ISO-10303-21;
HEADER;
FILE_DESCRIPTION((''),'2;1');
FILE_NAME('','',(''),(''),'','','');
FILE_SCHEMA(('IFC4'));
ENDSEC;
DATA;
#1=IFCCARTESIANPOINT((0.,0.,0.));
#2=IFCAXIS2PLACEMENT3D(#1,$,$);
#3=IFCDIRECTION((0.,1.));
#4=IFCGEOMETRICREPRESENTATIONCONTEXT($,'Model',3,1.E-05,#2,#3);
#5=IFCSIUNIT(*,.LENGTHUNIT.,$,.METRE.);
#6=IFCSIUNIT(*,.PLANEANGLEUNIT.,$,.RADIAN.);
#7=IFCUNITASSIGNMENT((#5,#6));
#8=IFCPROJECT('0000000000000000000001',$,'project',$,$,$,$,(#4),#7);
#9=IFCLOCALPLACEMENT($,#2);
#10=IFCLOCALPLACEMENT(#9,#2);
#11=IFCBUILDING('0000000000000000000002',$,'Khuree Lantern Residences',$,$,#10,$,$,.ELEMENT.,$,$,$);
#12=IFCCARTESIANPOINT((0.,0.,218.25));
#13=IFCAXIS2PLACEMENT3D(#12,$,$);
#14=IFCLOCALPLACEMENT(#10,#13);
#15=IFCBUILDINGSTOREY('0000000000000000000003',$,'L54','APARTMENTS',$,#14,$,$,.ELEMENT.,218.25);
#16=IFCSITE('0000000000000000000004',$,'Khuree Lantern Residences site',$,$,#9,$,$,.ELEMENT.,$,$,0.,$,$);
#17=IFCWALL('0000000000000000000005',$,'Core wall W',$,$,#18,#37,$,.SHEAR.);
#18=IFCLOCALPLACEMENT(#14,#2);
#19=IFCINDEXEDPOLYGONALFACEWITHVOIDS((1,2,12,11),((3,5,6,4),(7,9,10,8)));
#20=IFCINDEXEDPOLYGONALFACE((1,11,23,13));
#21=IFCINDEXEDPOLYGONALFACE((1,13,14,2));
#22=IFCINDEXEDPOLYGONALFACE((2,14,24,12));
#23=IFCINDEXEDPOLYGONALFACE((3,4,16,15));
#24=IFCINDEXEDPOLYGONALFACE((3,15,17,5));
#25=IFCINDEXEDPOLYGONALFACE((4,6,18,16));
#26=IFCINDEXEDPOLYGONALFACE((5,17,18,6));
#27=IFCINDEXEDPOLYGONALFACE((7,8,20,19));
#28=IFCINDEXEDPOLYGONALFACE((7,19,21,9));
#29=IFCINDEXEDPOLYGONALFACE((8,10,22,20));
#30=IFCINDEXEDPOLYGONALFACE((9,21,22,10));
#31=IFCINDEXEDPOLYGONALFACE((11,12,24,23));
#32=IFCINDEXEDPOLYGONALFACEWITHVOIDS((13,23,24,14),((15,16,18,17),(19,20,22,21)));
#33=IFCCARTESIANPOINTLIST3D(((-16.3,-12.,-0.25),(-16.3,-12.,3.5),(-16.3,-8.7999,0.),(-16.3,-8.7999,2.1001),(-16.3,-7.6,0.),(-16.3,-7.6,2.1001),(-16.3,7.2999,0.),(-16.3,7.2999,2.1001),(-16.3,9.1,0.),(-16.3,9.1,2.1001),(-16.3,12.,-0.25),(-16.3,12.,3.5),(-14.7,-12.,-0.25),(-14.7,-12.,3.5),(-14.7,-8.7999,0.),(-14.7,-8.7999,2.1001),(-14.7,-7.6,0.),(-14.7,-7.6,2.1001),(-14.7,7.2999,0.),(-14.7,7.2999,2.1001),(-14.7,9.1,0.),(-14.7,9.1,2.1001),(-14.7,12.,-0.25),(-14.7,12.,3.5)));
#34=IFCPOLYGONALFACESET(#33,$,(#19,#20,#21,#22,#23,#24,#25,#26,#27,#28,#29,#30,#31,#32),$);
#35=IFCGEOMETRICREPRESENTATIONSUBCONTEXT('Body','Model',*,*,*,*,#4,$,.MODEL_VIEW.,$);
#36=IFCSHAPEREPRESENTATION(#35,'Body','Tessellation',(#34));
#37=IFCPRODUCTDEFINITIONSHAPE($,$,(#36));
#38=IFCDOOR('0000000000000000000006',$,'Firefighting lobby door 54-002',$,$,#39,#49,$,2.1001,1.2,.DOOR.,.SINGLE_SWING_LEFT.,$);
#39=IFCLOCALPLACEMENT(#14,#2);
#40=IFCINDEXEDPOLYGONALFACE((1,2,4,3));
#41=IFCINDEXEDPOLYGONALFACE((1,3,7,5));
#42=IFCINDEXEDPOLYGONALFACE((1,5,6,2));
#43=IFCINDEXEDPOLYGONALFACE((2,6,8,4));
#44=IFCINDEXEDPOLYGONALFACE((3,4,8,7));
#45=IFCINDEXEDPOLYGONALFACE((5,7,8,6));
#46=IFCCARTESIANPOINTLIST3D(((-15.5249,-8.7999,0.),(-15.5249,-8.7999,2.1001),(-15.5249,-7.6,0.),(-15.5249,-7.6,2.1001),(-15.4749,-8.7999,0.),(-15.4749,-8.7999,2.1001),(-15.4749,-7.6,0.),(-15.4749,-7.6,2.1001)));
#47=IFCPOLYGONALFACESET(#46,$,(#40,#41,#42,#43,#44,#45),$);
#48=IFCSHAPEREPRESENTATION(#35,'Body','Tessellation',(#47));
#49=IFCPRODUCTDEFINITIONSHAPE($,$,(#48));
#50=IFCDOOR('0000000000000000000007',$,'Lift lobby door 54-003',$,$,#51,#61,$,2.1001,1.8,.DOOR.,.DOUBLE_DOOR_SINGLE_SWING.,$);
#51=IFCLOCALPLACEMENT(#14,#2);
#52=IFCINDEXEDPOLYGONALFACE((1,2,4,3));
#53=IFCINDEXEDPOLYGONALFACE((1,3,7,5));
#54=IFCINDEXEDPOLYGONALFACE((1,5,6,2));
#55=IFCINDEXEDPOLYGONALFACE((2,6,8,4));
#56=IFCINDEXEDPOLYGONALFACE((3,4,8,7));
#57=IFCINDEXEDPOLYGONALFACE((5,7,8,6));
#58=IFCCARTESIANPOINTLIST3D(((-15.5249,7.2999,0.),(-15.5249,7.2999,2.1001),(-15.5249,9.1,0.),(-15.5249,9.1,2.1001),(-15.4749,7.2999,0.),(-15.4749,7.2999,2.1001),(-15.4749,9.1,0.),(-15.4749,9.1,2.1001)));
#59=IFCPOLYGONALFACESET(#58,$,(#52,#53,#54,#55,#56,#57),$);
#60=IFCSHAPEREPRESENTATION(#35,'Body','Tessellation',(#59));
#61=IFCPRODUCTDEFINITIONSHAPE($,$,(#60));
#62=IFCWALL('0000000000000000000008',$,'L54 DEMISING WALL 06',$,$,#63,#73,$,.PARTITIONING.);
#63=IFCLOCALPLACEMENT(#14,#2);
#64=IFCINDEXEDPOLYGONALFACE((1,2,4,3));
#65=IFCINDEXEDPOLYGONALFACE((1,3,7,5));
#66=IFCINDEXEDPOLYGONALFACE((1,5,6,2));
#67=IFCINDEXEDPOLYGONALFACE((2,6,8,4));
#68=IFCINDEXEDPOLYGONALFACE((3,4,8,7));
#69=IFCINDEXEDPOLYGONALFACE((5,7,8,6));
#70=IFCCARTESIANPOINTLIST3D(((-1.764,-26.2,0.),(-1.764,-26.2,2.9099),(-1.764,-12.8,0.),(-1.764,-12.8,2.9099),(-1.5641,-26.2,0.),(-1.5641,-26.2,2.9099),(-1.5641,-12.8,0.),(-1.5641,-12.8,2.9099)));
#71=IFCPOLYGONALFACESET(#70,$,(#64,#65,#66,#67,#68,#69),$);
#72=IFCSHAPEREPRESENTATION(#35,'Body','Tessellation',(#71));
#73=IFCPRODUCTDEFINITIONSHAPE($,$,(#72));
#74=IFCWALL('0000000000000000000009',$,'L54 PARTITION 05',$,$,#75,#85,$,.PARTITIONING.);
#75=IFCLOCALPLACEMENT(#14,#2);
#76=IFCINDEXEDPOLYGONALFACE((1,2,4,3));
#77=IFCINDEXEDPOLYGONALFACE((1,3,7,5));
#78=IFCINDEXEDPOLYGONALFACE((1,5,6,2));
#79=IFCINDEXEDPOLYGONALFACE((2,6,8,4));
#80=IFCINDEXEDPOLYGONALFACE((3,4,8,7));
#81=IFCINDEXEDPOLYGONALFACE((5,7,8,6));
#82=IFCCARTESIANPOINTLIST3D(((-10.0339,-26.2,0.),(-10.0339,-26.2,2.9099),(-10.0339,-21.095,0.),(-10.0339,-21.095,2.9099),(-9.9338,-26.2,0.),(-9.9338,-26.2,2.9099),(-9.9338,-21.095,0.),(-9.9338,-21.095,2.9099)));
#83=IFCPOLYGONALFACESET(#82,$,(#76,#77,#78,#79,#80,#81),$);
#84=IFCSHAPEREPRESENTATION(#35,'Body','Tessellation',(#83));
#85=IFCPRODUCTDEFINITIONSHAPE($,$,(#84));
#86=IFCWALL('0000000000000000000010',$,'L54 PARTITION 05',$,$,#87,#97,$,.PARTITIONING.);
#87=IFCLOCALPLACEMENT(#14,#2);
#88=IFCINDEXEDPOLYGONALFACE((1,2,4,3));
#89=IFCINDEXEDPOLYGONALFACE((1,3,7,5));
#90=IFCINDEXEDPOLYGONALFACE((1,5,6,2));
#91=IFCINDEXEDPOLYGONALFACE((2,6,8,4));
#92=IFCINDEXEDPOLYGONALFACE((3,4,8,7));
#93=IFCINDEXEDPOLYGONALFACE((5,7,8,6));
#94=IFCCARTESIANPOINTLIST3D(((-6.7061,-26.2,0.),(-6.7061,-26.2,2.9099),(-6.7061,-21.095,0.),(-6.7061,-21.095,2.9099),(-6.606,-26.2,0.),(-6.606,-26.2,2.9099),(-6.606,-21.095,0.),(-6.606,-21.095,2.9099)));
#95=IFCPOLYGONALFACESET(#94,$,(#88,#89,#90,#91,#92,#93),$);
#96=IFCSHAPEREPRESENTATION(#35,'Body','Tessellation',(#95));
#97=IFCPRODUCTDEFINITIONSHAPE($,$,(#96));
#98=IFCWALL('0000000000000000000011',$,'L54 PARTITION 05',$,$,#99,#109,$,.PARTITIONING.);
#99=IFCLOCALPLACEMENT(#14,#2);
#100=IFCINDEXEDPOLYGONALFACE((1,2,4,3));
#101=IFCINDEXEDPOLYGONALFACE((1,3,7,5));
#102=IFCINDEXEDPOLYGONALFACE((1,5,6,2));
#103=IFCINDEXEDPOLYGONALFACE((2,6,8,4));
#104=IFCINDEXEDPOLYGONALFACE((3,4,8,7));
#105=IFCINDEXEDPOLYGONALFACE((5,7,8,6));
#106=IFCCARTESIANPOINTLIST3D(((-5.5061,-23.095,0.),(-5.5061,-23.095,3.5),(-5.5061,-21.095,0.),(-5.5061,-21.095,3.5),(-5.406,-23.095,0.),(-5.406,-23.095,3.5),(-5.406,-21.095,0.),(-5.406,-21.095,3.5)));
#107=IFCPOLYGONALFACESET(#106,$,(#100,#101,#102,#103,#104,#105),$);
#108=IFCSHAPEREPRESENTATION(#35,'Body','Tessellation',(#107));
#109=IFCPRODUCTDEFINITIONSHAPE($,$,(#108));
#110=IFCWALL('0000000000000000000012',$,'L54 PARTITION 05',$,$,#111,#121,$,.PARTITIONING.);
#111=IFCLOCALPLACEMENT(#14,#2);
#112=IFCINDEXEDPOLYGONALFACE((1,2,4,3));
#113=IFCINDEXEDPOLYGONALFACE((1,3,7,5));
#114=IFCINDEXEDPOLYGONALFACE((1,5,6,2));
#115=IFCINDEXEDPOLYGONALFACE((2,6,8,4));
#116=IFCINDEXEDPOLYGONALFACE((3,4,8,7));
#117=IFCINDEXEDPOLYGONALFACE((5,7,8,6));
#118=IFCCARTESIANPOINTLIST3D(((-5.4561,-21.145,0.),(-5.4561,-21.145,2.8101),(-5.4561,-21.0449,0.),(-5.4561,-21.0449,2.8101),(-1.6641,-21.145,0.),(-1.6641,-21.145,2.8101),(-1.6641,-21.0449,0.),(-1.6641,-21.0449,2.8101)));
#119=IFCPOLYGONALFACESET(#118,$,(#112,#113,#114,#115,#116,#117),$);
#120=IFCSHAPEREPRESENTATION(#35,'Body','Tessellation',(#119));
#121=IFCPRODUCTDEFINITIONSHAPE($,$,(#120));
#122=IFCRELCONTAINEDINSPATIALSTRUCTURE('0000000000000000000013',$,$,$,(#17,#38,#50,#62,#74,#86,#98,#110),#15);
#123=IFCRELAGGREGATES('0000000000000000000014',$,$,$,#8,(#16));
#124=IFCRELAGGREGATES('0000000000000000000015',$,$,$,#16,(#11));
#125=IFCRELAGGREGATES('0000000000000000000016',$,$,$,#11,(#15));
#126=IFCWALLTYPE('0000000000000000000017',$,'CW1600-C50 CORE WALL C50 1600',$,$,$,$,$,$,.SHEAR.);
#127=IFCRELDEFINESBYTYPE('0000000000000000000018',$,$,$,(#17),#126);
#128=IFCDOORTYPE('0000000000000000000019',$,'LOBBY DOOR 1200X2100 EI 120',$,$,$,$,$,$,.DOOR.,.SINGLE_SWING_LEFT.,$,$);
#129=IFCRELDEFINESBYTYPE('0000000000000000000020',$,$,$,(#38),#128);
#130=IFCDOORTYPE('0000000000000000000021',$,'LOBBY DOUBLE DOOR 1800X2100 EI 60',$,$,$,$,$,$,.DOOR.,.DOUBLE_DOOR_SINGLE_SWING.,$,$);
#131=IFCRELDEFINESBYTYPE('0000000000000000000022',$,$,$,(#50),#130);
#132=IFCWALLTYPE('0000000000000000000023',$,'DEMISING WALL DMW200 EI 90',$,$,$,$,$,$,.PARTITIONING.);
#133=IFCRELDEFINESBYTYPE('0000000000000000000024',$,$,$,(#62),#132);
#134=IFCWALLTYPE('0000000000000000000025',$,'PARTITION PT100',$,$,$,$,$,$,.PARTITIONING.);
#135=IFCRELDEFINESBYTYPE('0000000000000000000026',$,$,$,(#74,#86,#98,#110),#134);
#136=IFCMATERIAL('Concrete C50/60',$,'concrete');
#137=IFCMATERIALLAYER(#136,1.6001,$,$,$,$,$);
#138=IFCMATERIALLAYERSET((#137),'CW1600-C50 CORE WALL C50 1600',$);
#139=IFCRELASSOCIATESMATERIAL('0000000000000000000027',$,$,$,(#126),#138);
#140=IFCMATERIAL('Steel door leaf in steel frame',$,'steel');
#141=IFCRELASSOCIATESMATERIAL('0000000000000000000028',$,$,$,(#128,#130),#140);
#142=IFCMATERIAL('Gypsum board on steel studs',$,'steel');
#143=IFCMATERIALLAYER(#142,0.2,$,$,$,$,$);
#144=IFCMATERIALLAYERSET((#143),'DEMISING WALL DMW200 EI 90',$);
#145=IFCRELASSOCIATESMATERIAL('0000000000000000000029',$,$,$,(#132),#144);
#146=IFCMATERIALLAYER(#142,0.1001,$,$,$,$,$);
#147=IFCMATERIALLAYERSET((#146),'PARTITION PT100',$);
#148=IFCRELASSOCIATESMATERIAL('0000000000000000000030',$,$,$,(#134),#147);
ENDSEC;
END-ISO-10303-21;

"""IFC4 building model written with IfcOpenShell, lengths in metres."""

from ifc_helpers import new_model, si_unit, direction, frame, frame_2d, origin, place, context, subcontext, project, spatial, rectangle, extrude, material, layer, layer_set, type_object, element, fill, save


model = new_model("IFC4")

# Units and contexts
model_context = context("Model", 3, precision=1e-05, world=origin(), true_north=direction((0.0, 1.0)))
body_context = subcontext(model_context, "Body", "Model", "MODEL_VIEW")
ifc_project = project(units=[si_unit("LENGTHUNIT", "METRE"), si_unit("PLANEANGLEUNIT", "RADIAN")], contexts=[model_context])

# Site, building, storey
site_placement = place(None, origin())
site = spatial("IfcSite", under=ifc_project, at=site_placement, Name="Khuree Lantern Residences site", CompositionType="ELEMENT", RefElevation=0.0)
building_placement = place(site_placement, origin())
building = spatial("IfcBuilding", under=site, at=building_placement, Name="Khuree Lantern Residences", CompositionType="ELEMENT")
storey_placement = place(building_placement, frame((0.0, 0.0, 218.25)))
storey = spatial("IfcBuildingStorey", under=building, at=storey_placement, Name="L54", Description="APARTMENTS", CompositionType="ELEMENT", Elevation=218.25)

# Shared definitions
ifc_material_1 = material(Name="Concrete C50/60", Category="concrete")

# Shared definitions
ifc_material_2 = material(Name="Gypsum board on steel studs", Category="steel")
ifc_layer_1 = layer(ifc_material_1, 1.6001)
ifc_layer_set_1 = layer_set([ifc_layer_1], Name="CW1600-C50 CORE WALL C50 1600")
wall_type_1 = type_object("IfcWallType", Name="CW1600-C50 CORE WALL C50 1600", PredefinedType="SHEAR", material=ifc_layer_set_1)

# Wall, openings, doors
wall_1_placement = place(storey_placement, frame((-15.5, -12.0, -0.25), z_axis=(0.0, 0.0, 1.0), x_axis=(0.0, 1.0, 0.0)))
wall_1 = element("IfcWall", 1, at=wall_1_placement, inside=storey, type_object=wall_type_1, Name="Core wall W", PredefinedType="SHEAR", context=body_context, shape_type="SweptSolid", body=[
    extrude(rectangle(XDim=24.0, YDim=1.6001, at=frame_2d((12.0, 0.0))), origin(), (0.0, 0.0, 1.0), 3.75),
])
opening_1_placement = place(wall_1_placement, frame((3.2, 0.0, 0.25)))
opening_1 = element("IfcOpeningElement", 2, at=opening_1_placement, cuts=wall_1, PredefinedType="OPENING", context=body_context, shape_type="SweptSolid", body=[
    extrude(rectangle(XDim=1.2, YDim=2.1001, at=frame_2d((0.6001, 1.05))), frame((0.0, 0.8101, 0.0), z_axis=(0.0, -1.0, 0.0), x_axis=(1.0, 0.0, 0.0)), (0.0, 0.0, 1.0), 1.6201),
])
opening_2_placement = place(wall_1_placement, frame((19.3, 0.0, 0.25)))
opening_2 = element("IfcOpeningElement", 3, at=opening_2_placement, cuts=wall_1, PredefinedType="OPENING", context=body_context, shape_type="SweptSolid", body=[
    extrude(rectangle(XDim=1.8, YDim=2.1001, at=frame_2d((0.8999, 1.05))), frame((0.0, 0.8101, 0.0), z_axis=(0.0, -1.0, 0.0), x_axis=(1.0, 0.0, 0.0)), (0.0, 0.0, 1.0), 1.6201),
])
ifc_material_3 = material(Name="Steel door leaf in steel frame", Category="steel")
door_type_1 = type_object("IfcDoorType", Name="LOBBY DOOR 1200X2100 EI 120", OperationType="SINGLE_SWING_LEFT", PredefinedType="DOOR", material=ifc_material_3)
door_1_placement = place(opening_1_placement, origin())
door_1 = element("IfcDoor", 4, at=door_1_placement, inside=storey, type_object=door_type_1, Name="Firefighting lobby door 54-002", OperationType="SINGLE_SWING_LEFT", OverallHeight=2.1001, OverallWidth=1.2, PredefinedType="DOOR", context=body_context, shape_type="SweptSolid", body=[
    extrude(rectangle(XDim=1.2, YDim=2.1001, at=frame_2d((0.6001, 1.05))), frame((0.0, 0.0249, 0.0), z_axis=(0.0, -1.0, 0.0), x_axis=(1.0, 0.0, 0.0)), (0.0, 0.0, 1.0), 0.05),
])
fill(opening_1, door_1)
door_type_2 = type_object("IfcDoorType", Name="LOBBY DOUBLE DOOR 1800X2100 EI 60", OperationType="DOUBLE_DOOR_SINGLE_SWING", PredefinedType="DOOR", material=ifc_material_3)
door_2_placement = place(opening_2_placement, origin())
door_2 = element("IfcDoor", 5, at=door_2_placement, inside=storey, type_object=door_type_2, Name="Lift lobby door 54-003", OperationType="DOUBLE_DOOR_SINGLE_SWING", OverallHeight=2.1001, OverallWidth=1.8, PredefinedType="DOOR", context=body_context, shape_type="SweptSolid", body=[
    extrude(rectangle(XDim=1.8, YDim=2.1001, at=frame_2d((0.8999, 1.05))), frame((0.0, 0.0249, 0.0), z_axis=(0.0, -1.0, 0.0), x_axis=(1.0, 0.0, 0.0)), (0.0, 0.0, 1.0), 0.05),
])
fill(opening_2, door_2)

# Walls
ifc_layer_2 = layer(ifc_material_2, 0.2)
ifc_layer_set_2 = layer_set([ifc_layer_2], Name="DEMISING WALL DMW200 EI 90")
wall_type_2 = type_object("IfcWallType", Name="DEMISING WALL DMW200 EI 90", PredefinedType="PARTITIONING", material=ifc_layer_set_2)
wall_2_placement = place(storey_placement, frame((-1.6641, -12.8, 0.0), z_axis=(0.0, 0.0, 1.0), x_axis=(0.0, -1.0, 0.0)))
element("IfcWall", 6, at=wall_2_placement, inside=storey, type_object=wall_type_2, Name="L54 DEMISING WALL 06", PredefinedType="PARTITIONING", context=body_context, shape_type="SweptSolid", body=[
    extrude(rectangle(XDim=13.3999, YDim=0.2, at=frame_2d((6.7, 0.0))), origin(), (0.0, 0.0, 1.0), 2.9099),
])
ifc_layer_3 = layer(ifc_material_2, 0.1001)
ifc_layer_set_3 = layer_set([ifc_layer_3], Name="PARTITION PT100")
wall_type_3 = type_object("IfcWallType", Name="PARTITION PT100", PredefinedType="PARTITIONING", material=ifc_layer_set_3)
for number, where, z_axis, x_axis, name in (
    (7, (-9.9839, -21.095, 0.0), (0.0, 0.0, 1.0), (0.0, -1.0, 0.0), "L54 PARTITION 05"),
    (8, (-6.656, -21.095, 0.0), (0.0, 0.0, 1.0), (0.0, -1.0, 0.0), "L54 PARTITION 05"),
):
    element("IfcWall", number, at=place(storey_placement, frame(where, z_axis=z_axis, x_axis=x_axis)), inside=storey, type_object=wall_type_3, Name=name, PredefinedType="PARTITIONING", context=body_context, shape_type="SweptSolid", body=[
        extrude(rectangle(XDim=5.105, YDim=0.1001, at=frame_2d((2.5525, 0.0))), origin(), (0.0, 0.0, 1.0), 2.9099),
    ])
wall_3_placement = place(storey_placement, frame((-5.4561, -21.095, 0.0), z_axis=(0.0, 0.0, 1.0), x_axis=(0.0, -1.0, 0.0)))
element("IfcWall", 9, at=wall_3_placement, inside=storey, type_object=wall_type_3, Name="L54 PARTITION 05", PredefinedType="PARTITIONING", context=body_context, shape_type="SweptSolid", body=[
    extrude(rectangle(XDim=2.0, YDim=0.1001, at=frame_2d((1.0, 0.0))), origin(), (0.0, 0.0, 1.0), 3.5),
])
wall_4_placement = place(storey_placement, frame((-5.4561, -21.095, 0.0), z_axis=(0.0, 0.0, 1.0), x_axis=(1.0, 0.0, 0.0)))
element("IfcWall", 10, at=wall_4_placement, inside=storey, type_object=wall_type_3, Name="L54 PARTITION 05", PredefinedType="PARTITIONING", context=body_context, shape_type="SweptSolid", body=[
    extrude(rectangle(XDim=3.792, YDim=0.1001, at=frame_2d((1.896, 0.0))), origin(), (0.0, 0.0, 1.0), 2.8101),
])

save(model, "model.ifc")
